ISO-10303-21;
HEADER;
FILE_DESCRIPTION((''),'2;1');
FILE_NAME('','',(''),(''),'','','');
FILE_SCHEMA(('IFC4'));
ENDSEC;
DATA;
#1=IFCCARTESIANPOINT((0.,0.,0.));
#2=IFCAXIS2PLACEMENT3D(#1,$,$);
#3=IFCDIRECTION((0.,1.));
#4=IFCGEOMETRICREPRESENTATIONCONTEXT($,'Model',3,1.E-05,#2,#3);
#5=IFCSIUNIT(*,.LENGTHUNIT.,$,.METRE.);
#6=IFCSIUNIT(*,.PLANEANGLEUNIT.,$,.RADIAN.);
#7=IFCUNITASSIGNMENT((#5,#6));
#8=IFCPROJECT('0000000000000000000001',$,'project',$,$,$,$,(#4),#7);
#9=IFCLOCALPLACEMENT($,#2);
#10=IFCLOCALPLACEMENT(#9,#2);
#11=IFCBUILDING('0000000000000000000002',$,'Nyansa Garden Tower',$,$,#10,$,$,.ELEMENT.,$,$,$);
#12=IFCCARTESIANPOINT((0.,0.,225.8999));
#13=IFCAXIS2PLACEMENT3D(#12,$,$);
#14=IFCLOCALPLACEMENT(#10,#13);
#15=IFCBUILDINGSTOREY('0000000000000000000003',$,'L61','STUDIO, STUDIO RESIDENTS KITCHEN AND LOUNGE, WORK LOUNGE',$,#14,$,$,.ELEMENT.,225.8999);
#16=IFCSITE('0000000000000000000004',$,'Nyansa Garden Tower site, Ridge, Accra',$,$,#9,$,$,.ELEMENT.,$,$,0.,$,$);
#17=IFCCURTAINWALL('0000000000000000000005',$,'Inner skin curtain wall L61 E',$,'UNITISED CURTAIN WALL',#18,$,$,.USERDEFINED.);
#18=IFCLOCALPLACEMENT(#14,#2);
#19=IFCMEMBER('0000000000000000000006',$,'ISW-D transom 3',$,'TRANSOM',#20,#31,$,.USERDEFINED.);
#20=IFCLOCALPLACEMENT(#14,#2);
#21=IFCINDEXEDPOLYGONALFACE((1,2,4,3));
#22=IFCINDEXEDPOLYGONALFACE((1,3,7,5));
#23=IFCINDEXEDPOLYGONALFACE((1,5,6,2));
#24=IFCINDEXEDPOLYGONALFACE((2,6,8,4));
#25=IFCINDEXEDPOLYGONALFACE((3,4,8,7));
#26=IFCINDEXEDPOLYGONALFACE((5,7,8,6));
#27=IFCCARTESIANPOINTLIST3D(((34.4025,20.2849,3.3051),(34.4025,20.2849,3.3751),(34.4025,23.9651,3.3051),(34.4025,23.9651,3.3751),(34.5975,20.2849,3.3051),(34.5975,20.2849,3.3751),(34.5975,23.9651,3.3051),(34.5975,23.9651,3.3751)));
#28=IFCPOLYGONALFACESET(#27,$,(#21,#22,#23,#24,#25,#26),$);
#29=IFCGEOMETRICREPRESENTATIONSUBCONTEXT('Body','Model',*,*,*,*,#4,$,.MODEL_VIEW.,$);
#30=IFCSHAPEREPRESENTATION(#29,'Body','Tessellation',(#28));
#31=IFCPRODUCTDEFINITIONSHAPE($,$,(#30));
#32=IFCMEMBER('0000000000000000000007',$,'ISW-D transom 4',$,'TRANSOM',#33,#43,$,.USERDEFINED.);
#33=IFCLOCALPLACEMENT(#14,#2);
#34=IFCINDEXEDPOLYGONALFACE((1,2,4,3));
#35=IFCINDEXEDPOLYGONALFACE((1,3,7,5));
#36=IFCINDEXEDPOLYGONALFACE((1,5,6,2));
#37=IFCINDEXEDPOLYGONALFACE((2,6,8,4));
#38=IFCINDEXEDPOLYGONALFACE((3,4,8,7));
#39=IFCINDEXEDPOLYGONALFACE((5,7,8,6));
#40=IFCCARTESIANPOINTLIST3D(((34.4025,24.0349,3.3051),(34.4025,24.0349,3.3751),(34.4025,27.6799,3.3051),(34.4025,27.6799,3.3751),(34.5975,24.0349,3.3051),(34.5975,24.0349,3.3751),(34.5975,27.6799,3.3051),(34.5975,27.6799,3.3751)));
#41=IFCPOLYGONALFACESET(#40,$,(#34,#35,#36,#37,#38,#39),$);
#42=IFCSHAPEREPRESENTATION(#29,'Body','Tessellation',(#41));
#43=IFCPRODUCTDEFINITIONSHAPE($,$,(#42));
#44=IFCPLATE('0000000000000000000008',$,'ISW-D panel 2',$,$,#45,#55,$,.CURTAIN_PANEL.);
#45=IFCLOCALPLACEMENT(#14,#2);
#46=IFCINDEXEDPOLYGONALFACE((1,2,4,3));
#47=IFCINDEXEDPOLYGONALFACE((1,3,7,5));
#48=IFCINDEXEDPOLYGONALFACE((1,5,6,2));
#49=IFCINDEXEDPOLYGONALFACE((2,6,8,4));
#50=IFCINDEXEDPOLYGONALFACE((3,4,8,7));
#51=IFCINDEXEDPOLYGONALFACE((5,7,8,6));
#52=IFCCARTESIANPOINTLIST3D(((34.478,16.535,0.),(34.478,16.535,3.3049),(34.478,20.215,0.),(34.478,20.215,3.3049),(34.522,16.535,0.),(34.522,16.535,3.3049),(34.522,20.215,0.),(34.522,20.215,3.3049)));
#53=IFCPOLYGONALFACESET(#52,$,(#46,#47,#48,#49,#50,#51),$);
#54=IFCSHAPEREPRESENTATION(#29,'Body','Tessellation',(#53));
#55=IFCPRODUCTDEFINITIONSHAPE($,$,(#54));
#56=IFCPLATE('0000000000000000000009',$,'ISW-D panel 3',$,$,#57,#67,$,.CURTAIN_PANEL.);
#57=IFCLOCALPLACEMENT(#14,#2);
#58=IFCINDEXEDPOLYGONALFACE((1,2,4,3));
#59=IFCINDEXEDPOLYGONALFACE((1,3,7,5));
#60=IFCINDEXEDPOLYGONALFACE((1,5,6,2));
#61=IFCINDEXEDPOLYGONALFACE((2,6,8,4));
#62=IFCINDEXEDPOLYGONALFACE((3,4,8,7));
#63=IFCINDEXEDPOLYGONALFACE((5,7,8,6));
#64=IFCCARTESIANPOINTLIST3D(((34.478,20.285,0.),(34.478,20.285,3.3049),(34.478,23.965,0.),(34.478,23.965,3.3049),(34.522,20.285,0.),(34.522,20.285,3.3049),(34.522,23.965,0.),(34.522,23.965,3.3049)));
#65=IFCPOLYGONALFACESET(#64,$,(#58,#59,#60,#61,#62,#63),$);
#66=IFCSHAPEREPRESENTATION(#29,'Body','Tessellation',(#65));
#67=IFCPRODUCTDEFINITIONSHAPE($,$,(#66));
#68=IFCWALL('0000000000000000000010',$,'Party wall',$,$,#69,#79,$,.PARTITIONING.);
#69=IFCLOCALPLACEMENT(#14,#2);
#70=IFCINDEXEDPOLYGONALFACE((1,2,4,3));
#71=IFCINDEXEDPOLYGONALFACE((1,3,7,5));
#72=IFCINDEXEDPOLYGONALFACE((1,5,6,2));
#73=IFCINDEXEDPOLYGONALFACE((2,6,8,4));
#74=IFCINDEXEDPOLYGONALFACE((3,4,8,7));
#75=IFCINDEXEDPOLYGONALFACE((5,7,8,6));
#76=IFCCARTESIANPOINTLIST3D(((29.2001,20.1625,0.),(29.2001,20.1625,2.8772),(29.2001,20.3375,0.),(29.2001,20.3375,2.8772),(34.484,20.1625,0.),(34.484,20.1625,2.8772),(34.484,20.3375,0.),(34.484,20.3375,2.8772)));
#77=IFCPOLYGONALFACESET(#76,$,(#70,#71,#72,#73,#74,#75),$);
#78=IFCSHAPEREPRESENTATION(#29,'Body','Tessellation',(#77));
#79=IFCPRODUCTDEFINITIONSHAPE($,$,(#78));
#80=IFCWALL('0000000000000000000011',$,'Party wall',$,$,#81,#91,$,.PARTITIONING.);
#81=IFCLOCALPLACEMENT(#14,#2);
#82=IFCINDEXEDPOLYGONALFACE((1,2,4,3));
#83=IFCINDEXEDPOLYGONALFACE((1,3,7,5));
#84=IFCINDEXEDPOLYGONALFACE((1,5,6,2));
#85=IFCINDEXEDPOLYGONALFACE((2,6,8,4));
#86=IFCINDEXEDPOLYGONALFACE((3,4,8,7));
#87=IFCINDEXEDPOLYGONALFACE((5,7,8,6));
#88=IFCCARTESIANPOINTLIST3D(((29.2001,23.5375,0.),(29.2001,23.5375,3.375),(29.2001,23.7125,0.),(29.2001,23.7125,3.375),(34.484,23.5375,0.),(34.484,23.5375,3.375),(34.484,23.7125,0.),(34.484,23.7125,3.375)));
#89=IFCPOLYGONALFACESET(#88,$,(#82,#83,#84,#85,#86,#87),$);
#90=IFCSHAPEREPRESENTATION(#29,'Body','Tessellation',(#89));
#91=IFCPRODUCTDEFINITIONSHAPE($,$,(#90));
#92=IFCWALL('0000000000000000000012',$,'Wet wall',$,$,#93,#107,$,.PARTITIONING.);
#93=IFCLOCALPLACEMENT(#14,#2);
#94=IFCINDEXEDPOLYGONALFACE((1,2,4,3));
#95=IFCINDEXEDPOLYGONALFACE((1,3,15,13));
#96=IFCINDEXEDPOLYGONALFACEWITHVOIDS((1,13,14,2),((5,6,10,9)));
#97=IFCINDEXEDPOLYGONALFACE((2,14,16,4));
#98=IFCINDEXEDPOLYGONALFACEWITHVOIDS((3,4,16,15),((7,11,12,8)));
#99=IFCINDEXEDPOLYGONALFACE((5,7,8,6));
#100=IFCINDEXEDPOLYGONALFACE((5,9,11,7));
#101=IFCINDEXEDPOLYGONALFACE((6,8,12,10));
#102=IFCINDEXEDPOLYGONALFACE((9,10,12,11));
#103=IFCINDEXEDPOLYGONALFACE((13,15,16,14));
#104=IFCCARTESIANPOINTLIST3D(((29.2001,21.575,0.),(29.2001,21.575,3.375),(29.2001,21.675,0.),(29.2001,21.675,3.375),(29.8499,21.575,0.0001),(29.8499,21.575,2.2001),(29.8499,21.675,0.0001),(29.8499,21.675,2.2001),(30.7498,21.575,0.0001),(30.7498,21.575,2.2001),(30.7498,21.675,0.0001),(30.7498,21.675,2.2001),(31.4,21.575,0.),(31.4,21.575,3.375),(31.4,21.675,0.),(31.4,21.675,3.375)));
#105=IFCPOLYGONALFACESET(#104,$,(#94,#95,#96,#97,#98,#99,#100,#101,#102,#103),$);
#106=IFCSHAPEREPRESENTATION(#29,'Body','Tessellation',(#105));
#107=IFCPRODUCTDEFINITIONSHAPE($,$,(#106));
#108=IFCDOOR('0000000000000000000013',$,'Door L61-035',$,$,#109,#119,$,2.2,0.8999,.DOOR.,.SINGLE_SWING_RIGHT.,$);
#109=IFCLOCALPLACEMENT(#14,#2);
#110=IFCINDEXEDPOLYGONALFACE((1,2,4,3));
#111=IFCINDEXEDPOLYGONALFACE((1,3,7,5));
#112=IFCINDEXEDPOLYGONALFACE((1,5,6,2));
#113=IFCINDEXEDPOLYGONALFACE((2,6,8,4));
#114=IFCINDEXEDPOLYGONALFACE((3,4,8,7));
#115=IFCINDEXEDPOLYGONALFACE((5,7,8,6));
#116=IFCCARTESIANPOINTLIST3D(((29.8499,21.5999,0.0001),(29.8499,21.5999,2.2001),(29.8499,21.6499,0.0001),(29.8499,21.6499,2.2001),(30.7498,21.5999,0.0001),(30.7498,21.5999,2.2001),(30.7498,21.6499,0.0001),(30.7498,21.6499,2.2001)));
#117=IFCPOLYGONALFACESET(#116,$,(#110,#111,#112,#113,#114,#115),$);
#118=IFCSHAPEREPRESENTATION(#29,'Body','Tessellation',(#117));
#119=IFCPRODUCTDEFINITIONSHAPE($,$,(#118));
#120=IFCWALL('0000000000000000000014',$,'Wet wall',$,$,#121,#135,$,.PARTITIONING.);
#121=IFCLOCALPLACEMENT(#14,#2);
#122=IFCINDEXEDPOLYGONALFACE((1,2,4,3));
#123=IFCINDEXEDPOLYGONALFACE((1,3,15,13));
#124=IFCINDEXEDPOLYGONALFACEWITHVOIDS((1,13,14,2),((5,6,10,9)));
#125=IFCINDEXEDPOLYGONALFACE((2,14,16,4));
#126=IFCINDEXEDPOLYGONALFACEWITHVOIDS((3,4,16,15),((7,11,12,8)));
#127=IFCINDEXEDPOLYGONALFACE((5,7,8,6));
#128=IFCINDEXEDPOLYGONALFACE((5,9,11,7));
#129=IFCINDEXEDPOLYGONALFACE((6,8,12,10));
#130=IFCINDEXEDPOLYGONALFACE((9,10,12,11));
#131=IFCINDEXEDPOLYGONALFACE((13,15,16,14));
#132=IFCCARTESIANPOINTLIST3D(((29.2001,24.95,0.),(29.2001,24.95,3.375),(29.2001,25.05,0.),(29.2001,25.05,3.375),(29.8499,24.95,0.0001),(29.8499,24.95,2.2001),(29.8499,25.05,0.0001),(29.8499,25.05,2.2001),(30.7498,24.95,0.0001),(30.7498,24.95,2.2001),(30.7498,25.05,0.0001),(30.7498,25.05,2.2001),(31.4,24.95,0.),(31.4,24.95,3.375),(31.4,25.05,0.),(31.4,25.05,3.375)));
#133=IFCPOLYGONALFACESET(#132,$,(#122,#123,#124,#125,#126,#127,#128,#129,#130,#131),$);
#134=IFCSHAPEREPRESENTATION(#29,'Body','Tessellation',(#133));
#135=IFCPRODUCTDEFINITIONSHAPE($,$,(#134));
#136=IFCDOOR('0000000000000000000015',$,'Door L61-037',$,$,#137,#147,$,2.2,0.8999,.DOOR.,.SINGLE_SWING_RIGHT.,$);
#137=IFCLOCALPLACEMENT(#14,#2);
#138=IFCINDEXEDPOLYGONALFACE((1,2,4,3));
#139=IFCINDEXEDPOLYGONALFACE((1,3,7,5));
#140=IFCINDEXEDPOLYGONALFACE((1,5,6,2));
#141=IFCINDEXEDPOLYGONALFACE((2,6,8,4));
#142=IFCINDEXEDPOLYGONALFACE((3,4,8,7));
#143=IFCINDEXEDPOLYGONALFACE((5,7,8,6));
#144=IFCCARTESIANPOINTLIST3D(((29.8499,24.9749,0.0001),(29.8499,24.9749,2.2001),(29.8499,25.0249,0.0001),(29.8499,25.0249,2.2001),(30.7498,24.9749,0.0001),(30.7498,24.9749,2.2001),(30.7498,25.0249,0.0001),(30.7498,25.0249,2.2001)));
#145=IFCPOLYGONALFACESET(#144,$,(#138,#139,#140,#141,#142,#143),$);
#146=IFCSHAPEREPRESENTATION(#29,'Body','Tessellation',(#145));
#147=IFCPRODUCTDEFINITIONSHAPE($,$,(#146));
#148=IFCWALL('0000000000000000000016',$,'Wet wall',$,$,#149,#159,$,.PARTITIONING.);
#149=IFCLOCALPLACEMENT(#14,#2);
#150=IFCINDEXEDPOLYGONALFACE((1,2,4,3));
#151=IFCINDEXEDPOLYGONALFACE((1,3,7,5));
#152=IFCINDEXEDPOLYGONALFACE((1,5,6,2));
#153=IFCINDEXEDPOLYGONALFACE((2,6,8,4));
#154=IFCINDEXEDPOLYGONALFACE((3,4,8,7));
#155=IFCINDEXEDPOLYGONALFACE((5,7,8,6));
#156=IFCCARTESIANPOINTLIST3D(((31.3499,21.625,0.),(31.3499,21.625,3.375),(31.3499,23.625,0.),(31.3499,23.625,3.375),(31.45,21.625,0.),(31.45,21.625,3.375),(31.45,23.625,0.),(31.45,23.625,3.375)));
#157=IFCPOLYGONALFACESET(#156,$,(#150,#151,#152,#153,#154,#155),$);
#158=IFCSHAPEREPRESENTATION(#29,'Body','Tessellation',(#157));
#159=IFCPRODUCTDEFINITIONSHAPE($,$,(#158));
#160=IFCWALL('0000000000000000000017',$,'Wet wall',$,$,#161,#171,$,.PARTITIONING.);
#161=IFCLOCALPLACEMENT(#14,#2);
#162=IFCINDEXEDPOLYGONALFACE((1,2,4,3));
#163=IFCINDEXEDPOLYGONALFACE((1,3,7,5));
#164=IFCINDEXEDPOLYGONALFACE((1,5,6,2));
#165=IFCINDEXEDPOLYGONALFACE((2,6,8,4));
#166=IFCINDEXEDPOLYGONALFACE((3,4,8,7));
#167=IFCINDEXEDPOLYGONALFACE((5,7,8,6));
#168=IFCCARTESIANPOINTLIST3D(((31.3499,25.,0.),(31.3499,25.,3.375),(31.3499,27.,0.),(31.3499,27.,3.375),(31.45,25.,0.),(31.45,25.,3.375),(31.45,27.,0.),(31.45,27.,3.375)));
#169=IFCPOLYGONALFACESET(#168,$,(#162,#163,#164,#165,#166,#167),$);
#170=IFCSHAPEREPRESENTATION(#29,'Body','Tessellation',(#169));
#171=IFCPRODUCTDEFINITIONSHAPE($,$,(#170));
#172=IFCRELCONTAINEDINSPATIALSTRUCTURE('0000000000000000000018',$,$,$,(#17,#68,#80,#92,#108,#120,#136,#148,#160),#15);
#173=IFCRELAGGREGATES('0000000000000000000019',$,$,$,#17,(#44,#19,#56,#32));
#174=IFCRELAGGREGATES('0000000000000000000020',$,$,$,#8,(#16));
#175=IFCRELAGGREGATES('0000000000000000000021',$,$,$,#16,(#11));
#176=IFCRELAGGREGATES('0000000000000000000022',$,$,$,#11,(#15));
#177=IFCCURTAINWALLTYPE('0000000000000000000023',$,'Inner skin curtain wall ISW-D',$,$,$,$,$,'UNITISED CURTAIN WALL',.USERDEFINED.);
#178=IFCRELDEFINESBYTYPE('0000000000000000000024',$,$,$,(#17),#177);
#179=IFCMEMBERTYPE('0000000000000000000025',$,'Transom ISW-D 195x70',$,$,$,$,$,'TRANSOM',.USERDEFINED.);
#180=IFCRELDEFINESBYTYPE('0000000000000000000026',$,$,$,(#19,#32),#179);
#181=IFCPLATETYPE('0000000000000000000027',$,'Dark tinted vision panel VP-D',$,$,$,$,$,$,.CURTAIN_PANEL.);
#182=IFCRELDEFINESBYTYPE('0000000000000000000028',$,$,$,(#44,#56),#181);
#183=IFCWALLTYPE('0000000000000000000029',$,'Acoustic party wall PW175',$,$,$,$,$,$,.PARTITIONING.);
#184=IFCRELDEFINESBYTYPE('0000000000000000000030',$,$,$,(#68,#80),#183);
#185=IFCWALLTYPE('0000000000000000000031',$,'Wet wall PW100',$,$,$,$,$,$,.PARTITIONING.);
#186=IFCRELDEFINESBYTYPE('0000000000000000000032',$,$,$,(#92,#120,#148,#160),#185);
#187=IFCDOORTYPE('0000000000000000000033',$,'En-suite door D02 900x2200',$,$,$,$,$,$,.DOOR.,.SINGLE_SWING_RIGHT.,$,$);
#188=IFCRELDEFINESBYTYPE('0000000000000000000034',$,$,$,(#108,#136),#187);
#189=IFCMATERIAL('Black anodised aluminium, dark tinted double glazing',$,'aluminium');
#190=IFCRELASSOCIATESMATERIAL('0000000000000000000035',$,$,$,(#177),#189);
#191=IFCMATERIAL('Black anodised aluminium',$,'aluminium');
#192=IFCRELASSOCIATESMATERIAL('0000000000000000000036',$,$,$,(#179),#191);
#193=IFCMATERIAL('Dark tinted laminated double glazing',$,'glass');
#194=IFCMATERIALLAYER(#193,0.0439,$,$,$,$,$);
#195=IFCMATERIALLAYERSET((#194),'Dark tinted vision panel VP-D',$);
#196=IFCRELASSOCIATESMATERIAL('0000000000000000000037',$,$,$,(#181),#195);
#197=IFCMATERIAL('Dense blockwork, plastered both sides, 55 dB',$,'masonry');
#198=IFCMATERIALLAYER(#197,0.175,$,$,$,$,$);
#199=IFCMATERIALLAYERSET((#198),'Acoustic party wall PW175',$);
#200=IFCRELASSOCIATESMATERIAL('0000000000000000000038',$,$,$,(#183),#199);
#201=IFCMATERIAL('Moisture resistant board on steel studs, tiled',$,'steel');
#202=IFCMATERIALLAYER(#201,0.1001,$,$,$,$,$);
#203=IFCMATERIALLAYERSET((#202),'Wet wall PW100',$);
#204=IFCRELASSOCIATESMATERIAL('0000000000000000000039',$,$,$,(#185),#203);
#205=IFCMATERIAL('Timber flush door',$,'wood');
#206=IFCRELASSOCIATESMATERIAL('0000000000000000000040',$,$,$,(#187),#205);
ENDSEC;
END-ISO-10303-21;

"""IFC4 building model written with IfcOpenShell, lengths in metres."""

from ifc_helpers import new_model, si_unit, direction, frame, frame_2d, origin, origin_2d, place, context, subcontext, project, spatial, rectangle, extrude, material, layer, layer_set, material_profile, profile_set, type_object, element, fill, aggregate, save


model = new_model("IFC4")

# Units and contexts
model_context = context("Model", 3, precision=1e-05, world=origin(), true_north=direction((0.0, 1.0)))
body_context = subcontext(model_context, "Body", "Model", "MODEL_VIEW")
ifc_project = project(units=[si_unit("LENGTHUNIT", "METRE"), si_unit("PLANEANGLEUNIT", "RADIAN")], contexts=[model_context])

# Site, building, storey
site_placement = place(None, origin())
site = spatial("IfcSite", under=ifc_project, at=site_placement, Name="Nyansa Garden Tower site, Ridge, Accra", CompositionType="ELEMENT", RefElevation=0.0)
building_placement = place(site_placement, origin())
building = spatial("IfcBuilding", under=site, at=building_placement, Name="Nyansa Garden Tower", CompositionType="ELEMENT")
storey_placement = place(building_placement, frame((0.0, 0.0, 225.8999)))
storey = spatial("IfcBuildingStorey", under=building, at=storey_placement, Name="L61", Description="STUDIO, STUDIO RESIDENTS KITCHEN AND LOUNGE, WORK LOUNGE", CompositionType="ELEMENT", Elevation=225.8999)

# Curtain wall
ifc_material_1 = material(Name="Black anodised aluminium, dark tinted double glazing", Category="aluminium")
curtain_wall_type = type_object("IfcCurtainWallType", Name="Inner skin curtain wall ISW-D", ElementType="UNITISED CURTAIN WALL", PredefinedType="USERDEFINED", material=ifc_material_1)
curtain_wall_placement = place(storey_placement, origin())
curtain_wall = element("IfcCurtainWall", 1, at=curtain_wall_placement, inside=storey, type_object=curtain_wall_type, Name="Inner skin curtain wall L61 E", ObjectType="UNITISED CURTAIN WALL", PredefinedType="USERDEFINED")

# Members
ifc_material_2 = material(Name="Black anodised aluminium", Category="aluminium")
ifc_material_profile_1 = material_profile(ifc_material_2, rectangle(XDim=0.1951, YDim=0.0701, at=origin_2d()), Name="Transom 195x70")
ifc_profile_set_1 = profile_set([ifc_material_profile_1], Name="Black anodised aluminium")
member_type_1 = type_object("IfcMemberType", Name="Transom ISW-D 195x70", ElementType="TRANSOM", PredefinedType="USERDEFINED", material=ifc_profile_set_1)
member_1_placement = place(storey_placement, frame((34.5, 20.2849, 3.3401), z_axis=(0.0, 1.0, 0.0), x_axis=(-1.0, 0.0, 0.0)))
member_1 = element("IfcMember", 2, at=member_1_placement, type_object=member_type_1, Name="ISW-D transom 3", ObjectType="TRANSOM", PredefinedType="USERDEFINED", context=body_context, shape_type="SweptSolid", body=[
    extrude(rectangle(XDim=0.1951, YDim=0.0701, at=origin_2d()), origin(), (0.0, 0.0, 1.0), 3.6802),
])
member_2_placement = place(storey_placement, frame((34.5, 24.0349, 3.3401), z_axis=(0.0, 1.0, 0.0), x_axis=(-1.0, 0.0, 0.0)))
member_2 = element("IfcMember", 3, at=member_2_placement, type_object=member_type_1, Name="ISW-D transom 4", ObjectType="TRANSOM", PredefinedType="USERDEFINED", context=body_context, shape_type="SweptSolid", body=[
    extrude(rectangle(XDim=0.1951, YDim=0.0701, at=origin_2d()), origin(), (0.0, 0.0, 1.0), 3.645),
])

# Plates
ifc_material_3 = material(Name="Dark tinted laminated double glazing", Category="glass")
ifc_layer_1 = layer(ifc_material_3, 0.0439)
ifc_layer_set_1 = layer_set([ifc_layer_1], Name="Dark tinted vision panel VP-D")
plate_type = type_object("IfcPlateType", Name="Dark tinted vision panel VP-D", PredefinedType="CURTAIN_PANEL", material=ifc_layer_set_1)
plate_1_placement = place(storey_placement, frame((34.5, 18.375, 0.0), z_axis=(0.0, 0.0, 1.0), x_axis=(0.0, 1.0, 0.0)))
plate_1 = element("IfcPlate", 4, at=plate_1_placement, type_object=plate_type, Name="ISW-D panel 2", PredefinedType="CURTAIN_PANEL", context=body_context, shape_type="SweptSolid", body=[
    extrude(rectangle(XDim=3.6799, YDim=0.0439, at=origin_2d()), origin(), (0.0, 0.0, 1.0), 3.3049),
])
plate_2_placement = place(storey_placement, frame((34.5, 22.125, 0.0), z_axis=(0.0, 0.0, 1.0), x_axis=(0.0, 1.0, 0.0)))
plate_2 = element("IfcPlate", 5, at=plate_2_placement, type_object=plate_type, Name="ISW-D panel 3", PredefinedType="CURTAIN_PANEL", context=body_context, shape_type="SweptSolid", body=[
    extrude(rectangle(XDim=3.6799, YDim=0.0439, at=origin_2d()), origin(), (0.0, 0.0, 1.0), 3.3049),
])
aggregate(curtain_wall, [plate_1, member_1, plate_2, member_2])

# Walls
ifc_material_4 = material(Name="Dense blockwork, plastered both sides, 55 dB", Category="masonry")
ifc_layer_2 = layer(ifc_material_4, 0.175)
ifc_layer_set_2 = layer_set([ifc_layer_2], Name="Acoustic party wall PW175")
wall_type_1 = type_object("IfcWallType", Name="Acoustic party wall PW175", PredefinedType="PARTITIONING", material=ifc_layer_set_2)
wall_1_placement = place(storey_placement, frame((29.2, 20.25, 0.0), z_axis=(0.0, 0.0, 1.0), x_axis=(1.0, 0.0, 0.0)))
element("IfcWall", 6, at=wall_1_placement, inside=storey, type_object=wall_type_1, Name="Party wall", PredefinedType="PARTITIONING", context=body_context, shape_type="SweptSolid", body=[
    extrude(rectangle(XDim=5.2839, YDim=0.175, at=frame_2d((2.6421, 0.0))), origin(), (0.0, 0.0, 1.0), 2.8772),
])
wall_2_placement = place(storey_placement, frame((29.2, 23.625, 0.0), z_axis=(0.0, 0.0, 1.0), x_axis=(1.0, 0.0, 0.0)))
element("IfcWall", 7, at=wall_2_placement, inside=storey, type_object=wall_type_1, Name="Party wall", PredefinedType="PARTITIONING", context=body_context, shape_type="SweptSolid", body=[
    extrude(rectangle(XDim=5.2839, YDim=0.175, at=frame_2d((2.6421, 0.0))), origin(), (0.0, 0.0, 1.0), 3.375),
])

# Walls, openings, doors
ifc_material_5 = material(Name="Moisture resistant board on steel studs, tiled", Category="steel")
ifc_layer_3 = layer(ifc_material_5, 0.1001)
ifc_layer_set_3 = layer_set([ifc_layer_3], Name="Wet wall PW100")
wall_type_2 = type_object("IfcWallType", Name="Wet wall PW100", PredefinedType="PARTITIONING", material=ifc_layer_set_3)
wall_3_placement = place(storey_placement, frame((29.2, 21.625, 0.0), z_axis=(0.0, 0.0, 1.0), x_axis=(1.0, 0.0, 0.0)))
wall_3 = element("IfcWall", 8, at=wall_3_placement, inside=storey, type_object=wall_type_2, Name="Wet wall", PredefinedType="PARTITIONING", context=body_context, shape_type="SweptSolid", body=[
    extrude(rectangle(XDim=2.2, YDim=0.1001, at=frame_2d((1.1001, 0.0))), origin(), (0.0, 0.0, 1.0), 3.375),
])
opening_1_placement = place(wall_3_placement, frame((0.6499, 0.0, 0.0)))
opening_1 = element("IfcOpeningElement", 9, at=opening_1_placement, cuts=wall_3, PredefinedType="OPENING", context=body_context, shape_type="SweptSolid", body=[
    extrude(rectangle(XDim=0.8999, YDim=2.2, at=frame_2d((0.45, 1.1001))), frame((0.0, 0.0601, 0.0), z_axis=(0.0, -1.0, 0.0), x_axis=(1.0, 0.0, 0.0)), (0.0, 0.0, 1.0), 0.1201),
])
ifc_material_6 = material(Name="Timber flush door", Category="wood")
door_type = type_object("IfcDoorType", Name="En-suite door D02 900x2200", OperationType="SINGLE_SWING_RIGHT", PredefinedType="DOOR", material=ifc_material_6)
door_1_placement = place(opening_1_placement, origin())
door_1 = element("IfcDoor", 10, at=door_1_placement, inside=storey, type_object=door_type, Name="Door L61-035", OperationType="SINGLE_SWING_RIGHT", OverallHeight=2.2, OverallWidth=0.8999, PredefinedType="DOOR", context=body_context, shape_type="SweptSolid", body=[
    extrude(rectangle(XDim=0.8999, YDim=2.2, at=frame_2d((0.45, 1.1001))), frame((0.0, 0.0249, 0.0), z_axis=(0.0, -1.0, 0.0), x_axis=(1.0, 0.0, 0.0)), (0.0, 0.0, 1.0), 0.05),
])
fill(opening_1, door_1)
wall_4_placement = place(storey_placement, frame((29.2, 25.0, 0.0), z_axis=(0.0, 0.0, 1.0), x_axis=(1.0, 0.0, 0.0)))
wall_4 = element("IfcWall", 11, at=wall_4_placement, inside=storey, type_object=wall_type_2, Name="Wet wall", PredefinedType="PARTITIONING", context=body_context, shape_type="SweptSolid", body=[
    extrude(rectangle(XDim=2.2, YDim=0.1001, at=frame_2d((1.1001, 0.0))), origin(), (0.0, 0.0, 1.0), 3.375),
])
opening_2_placement = place(wall_4_placement, frame((0.6499, 0.0, 0.0)))
opening_2 = element("IfcOpeningElement", 12, at=opening_2_placement, cuts=wall_4, PredefinedType="OPENING", context=body_context, shape_type="SweptSolid", body=[
    extrude(rectangle(XDim=0.8999, YDim=2.2, at=frame_2d((0.45, 1.1001))), frame((0.0, 0.0601, 0.0), z_axis=(0.0, -1.0, 0.0), x_axis=(1.0, 0.0, 0.0)), (0.0, 0.0, 1.0), 0.1201),
])
door_2_placement = place(opening_2_placement, origin())
door_2 = element("IfcDoor", 13, at=door_2_placement, inside=storey, type_object=door_type, Name="Door L61-037", OperationType="SINGLE_SWING_RIGHT", OverallHeight=2.2, OverallWidth=0.8999, PredefinedType="DOOR", context=body_context, shape_type="SweptSolid", body=[
    extrude(rectangle(XDim=0.8999, YDim=2.2, at=frame_2d((0.45, 1.1001))), frame((0.0, 0.0249, 0.0), z_axis=(0.0, -1.0, 0.0), x_axis=(1.0, 0.0, 0.0)), (0.0, 0.0, 1.0), 0.05),
])
fill(opening_2, door_2)

# Walls
for number, where, z_axis, x_axis, name in (
    (14, (31.3999, 21.625, 0.0), (0.0, 0.0, 1.0), (0.0, 1.0, 0.0), "Wet wall"),
    (15, (31.3999, 25.0, 0.0), (0.0, 0.0, 1.0), (0.0, 1.0, 0.0), "Wet wall"),
):
    element("IfcWall", number, at=place(storey_placement, frame(where, z_axis=z_axis, x_axis=x_axis)), inside=storey, type_object=wall_type_2, Name=name, PredefinedType="PARTITIONING", context=body_context, shape_type="SweptSolid", body=[
        extrude(rectangle(XDim=2.0, YDim=0.1001, at=frame_2d((1.0, 0.0))), origin(), (0.0, 0.0, 1.0), 3.375),
    ])

save(model, "model.ifc")
